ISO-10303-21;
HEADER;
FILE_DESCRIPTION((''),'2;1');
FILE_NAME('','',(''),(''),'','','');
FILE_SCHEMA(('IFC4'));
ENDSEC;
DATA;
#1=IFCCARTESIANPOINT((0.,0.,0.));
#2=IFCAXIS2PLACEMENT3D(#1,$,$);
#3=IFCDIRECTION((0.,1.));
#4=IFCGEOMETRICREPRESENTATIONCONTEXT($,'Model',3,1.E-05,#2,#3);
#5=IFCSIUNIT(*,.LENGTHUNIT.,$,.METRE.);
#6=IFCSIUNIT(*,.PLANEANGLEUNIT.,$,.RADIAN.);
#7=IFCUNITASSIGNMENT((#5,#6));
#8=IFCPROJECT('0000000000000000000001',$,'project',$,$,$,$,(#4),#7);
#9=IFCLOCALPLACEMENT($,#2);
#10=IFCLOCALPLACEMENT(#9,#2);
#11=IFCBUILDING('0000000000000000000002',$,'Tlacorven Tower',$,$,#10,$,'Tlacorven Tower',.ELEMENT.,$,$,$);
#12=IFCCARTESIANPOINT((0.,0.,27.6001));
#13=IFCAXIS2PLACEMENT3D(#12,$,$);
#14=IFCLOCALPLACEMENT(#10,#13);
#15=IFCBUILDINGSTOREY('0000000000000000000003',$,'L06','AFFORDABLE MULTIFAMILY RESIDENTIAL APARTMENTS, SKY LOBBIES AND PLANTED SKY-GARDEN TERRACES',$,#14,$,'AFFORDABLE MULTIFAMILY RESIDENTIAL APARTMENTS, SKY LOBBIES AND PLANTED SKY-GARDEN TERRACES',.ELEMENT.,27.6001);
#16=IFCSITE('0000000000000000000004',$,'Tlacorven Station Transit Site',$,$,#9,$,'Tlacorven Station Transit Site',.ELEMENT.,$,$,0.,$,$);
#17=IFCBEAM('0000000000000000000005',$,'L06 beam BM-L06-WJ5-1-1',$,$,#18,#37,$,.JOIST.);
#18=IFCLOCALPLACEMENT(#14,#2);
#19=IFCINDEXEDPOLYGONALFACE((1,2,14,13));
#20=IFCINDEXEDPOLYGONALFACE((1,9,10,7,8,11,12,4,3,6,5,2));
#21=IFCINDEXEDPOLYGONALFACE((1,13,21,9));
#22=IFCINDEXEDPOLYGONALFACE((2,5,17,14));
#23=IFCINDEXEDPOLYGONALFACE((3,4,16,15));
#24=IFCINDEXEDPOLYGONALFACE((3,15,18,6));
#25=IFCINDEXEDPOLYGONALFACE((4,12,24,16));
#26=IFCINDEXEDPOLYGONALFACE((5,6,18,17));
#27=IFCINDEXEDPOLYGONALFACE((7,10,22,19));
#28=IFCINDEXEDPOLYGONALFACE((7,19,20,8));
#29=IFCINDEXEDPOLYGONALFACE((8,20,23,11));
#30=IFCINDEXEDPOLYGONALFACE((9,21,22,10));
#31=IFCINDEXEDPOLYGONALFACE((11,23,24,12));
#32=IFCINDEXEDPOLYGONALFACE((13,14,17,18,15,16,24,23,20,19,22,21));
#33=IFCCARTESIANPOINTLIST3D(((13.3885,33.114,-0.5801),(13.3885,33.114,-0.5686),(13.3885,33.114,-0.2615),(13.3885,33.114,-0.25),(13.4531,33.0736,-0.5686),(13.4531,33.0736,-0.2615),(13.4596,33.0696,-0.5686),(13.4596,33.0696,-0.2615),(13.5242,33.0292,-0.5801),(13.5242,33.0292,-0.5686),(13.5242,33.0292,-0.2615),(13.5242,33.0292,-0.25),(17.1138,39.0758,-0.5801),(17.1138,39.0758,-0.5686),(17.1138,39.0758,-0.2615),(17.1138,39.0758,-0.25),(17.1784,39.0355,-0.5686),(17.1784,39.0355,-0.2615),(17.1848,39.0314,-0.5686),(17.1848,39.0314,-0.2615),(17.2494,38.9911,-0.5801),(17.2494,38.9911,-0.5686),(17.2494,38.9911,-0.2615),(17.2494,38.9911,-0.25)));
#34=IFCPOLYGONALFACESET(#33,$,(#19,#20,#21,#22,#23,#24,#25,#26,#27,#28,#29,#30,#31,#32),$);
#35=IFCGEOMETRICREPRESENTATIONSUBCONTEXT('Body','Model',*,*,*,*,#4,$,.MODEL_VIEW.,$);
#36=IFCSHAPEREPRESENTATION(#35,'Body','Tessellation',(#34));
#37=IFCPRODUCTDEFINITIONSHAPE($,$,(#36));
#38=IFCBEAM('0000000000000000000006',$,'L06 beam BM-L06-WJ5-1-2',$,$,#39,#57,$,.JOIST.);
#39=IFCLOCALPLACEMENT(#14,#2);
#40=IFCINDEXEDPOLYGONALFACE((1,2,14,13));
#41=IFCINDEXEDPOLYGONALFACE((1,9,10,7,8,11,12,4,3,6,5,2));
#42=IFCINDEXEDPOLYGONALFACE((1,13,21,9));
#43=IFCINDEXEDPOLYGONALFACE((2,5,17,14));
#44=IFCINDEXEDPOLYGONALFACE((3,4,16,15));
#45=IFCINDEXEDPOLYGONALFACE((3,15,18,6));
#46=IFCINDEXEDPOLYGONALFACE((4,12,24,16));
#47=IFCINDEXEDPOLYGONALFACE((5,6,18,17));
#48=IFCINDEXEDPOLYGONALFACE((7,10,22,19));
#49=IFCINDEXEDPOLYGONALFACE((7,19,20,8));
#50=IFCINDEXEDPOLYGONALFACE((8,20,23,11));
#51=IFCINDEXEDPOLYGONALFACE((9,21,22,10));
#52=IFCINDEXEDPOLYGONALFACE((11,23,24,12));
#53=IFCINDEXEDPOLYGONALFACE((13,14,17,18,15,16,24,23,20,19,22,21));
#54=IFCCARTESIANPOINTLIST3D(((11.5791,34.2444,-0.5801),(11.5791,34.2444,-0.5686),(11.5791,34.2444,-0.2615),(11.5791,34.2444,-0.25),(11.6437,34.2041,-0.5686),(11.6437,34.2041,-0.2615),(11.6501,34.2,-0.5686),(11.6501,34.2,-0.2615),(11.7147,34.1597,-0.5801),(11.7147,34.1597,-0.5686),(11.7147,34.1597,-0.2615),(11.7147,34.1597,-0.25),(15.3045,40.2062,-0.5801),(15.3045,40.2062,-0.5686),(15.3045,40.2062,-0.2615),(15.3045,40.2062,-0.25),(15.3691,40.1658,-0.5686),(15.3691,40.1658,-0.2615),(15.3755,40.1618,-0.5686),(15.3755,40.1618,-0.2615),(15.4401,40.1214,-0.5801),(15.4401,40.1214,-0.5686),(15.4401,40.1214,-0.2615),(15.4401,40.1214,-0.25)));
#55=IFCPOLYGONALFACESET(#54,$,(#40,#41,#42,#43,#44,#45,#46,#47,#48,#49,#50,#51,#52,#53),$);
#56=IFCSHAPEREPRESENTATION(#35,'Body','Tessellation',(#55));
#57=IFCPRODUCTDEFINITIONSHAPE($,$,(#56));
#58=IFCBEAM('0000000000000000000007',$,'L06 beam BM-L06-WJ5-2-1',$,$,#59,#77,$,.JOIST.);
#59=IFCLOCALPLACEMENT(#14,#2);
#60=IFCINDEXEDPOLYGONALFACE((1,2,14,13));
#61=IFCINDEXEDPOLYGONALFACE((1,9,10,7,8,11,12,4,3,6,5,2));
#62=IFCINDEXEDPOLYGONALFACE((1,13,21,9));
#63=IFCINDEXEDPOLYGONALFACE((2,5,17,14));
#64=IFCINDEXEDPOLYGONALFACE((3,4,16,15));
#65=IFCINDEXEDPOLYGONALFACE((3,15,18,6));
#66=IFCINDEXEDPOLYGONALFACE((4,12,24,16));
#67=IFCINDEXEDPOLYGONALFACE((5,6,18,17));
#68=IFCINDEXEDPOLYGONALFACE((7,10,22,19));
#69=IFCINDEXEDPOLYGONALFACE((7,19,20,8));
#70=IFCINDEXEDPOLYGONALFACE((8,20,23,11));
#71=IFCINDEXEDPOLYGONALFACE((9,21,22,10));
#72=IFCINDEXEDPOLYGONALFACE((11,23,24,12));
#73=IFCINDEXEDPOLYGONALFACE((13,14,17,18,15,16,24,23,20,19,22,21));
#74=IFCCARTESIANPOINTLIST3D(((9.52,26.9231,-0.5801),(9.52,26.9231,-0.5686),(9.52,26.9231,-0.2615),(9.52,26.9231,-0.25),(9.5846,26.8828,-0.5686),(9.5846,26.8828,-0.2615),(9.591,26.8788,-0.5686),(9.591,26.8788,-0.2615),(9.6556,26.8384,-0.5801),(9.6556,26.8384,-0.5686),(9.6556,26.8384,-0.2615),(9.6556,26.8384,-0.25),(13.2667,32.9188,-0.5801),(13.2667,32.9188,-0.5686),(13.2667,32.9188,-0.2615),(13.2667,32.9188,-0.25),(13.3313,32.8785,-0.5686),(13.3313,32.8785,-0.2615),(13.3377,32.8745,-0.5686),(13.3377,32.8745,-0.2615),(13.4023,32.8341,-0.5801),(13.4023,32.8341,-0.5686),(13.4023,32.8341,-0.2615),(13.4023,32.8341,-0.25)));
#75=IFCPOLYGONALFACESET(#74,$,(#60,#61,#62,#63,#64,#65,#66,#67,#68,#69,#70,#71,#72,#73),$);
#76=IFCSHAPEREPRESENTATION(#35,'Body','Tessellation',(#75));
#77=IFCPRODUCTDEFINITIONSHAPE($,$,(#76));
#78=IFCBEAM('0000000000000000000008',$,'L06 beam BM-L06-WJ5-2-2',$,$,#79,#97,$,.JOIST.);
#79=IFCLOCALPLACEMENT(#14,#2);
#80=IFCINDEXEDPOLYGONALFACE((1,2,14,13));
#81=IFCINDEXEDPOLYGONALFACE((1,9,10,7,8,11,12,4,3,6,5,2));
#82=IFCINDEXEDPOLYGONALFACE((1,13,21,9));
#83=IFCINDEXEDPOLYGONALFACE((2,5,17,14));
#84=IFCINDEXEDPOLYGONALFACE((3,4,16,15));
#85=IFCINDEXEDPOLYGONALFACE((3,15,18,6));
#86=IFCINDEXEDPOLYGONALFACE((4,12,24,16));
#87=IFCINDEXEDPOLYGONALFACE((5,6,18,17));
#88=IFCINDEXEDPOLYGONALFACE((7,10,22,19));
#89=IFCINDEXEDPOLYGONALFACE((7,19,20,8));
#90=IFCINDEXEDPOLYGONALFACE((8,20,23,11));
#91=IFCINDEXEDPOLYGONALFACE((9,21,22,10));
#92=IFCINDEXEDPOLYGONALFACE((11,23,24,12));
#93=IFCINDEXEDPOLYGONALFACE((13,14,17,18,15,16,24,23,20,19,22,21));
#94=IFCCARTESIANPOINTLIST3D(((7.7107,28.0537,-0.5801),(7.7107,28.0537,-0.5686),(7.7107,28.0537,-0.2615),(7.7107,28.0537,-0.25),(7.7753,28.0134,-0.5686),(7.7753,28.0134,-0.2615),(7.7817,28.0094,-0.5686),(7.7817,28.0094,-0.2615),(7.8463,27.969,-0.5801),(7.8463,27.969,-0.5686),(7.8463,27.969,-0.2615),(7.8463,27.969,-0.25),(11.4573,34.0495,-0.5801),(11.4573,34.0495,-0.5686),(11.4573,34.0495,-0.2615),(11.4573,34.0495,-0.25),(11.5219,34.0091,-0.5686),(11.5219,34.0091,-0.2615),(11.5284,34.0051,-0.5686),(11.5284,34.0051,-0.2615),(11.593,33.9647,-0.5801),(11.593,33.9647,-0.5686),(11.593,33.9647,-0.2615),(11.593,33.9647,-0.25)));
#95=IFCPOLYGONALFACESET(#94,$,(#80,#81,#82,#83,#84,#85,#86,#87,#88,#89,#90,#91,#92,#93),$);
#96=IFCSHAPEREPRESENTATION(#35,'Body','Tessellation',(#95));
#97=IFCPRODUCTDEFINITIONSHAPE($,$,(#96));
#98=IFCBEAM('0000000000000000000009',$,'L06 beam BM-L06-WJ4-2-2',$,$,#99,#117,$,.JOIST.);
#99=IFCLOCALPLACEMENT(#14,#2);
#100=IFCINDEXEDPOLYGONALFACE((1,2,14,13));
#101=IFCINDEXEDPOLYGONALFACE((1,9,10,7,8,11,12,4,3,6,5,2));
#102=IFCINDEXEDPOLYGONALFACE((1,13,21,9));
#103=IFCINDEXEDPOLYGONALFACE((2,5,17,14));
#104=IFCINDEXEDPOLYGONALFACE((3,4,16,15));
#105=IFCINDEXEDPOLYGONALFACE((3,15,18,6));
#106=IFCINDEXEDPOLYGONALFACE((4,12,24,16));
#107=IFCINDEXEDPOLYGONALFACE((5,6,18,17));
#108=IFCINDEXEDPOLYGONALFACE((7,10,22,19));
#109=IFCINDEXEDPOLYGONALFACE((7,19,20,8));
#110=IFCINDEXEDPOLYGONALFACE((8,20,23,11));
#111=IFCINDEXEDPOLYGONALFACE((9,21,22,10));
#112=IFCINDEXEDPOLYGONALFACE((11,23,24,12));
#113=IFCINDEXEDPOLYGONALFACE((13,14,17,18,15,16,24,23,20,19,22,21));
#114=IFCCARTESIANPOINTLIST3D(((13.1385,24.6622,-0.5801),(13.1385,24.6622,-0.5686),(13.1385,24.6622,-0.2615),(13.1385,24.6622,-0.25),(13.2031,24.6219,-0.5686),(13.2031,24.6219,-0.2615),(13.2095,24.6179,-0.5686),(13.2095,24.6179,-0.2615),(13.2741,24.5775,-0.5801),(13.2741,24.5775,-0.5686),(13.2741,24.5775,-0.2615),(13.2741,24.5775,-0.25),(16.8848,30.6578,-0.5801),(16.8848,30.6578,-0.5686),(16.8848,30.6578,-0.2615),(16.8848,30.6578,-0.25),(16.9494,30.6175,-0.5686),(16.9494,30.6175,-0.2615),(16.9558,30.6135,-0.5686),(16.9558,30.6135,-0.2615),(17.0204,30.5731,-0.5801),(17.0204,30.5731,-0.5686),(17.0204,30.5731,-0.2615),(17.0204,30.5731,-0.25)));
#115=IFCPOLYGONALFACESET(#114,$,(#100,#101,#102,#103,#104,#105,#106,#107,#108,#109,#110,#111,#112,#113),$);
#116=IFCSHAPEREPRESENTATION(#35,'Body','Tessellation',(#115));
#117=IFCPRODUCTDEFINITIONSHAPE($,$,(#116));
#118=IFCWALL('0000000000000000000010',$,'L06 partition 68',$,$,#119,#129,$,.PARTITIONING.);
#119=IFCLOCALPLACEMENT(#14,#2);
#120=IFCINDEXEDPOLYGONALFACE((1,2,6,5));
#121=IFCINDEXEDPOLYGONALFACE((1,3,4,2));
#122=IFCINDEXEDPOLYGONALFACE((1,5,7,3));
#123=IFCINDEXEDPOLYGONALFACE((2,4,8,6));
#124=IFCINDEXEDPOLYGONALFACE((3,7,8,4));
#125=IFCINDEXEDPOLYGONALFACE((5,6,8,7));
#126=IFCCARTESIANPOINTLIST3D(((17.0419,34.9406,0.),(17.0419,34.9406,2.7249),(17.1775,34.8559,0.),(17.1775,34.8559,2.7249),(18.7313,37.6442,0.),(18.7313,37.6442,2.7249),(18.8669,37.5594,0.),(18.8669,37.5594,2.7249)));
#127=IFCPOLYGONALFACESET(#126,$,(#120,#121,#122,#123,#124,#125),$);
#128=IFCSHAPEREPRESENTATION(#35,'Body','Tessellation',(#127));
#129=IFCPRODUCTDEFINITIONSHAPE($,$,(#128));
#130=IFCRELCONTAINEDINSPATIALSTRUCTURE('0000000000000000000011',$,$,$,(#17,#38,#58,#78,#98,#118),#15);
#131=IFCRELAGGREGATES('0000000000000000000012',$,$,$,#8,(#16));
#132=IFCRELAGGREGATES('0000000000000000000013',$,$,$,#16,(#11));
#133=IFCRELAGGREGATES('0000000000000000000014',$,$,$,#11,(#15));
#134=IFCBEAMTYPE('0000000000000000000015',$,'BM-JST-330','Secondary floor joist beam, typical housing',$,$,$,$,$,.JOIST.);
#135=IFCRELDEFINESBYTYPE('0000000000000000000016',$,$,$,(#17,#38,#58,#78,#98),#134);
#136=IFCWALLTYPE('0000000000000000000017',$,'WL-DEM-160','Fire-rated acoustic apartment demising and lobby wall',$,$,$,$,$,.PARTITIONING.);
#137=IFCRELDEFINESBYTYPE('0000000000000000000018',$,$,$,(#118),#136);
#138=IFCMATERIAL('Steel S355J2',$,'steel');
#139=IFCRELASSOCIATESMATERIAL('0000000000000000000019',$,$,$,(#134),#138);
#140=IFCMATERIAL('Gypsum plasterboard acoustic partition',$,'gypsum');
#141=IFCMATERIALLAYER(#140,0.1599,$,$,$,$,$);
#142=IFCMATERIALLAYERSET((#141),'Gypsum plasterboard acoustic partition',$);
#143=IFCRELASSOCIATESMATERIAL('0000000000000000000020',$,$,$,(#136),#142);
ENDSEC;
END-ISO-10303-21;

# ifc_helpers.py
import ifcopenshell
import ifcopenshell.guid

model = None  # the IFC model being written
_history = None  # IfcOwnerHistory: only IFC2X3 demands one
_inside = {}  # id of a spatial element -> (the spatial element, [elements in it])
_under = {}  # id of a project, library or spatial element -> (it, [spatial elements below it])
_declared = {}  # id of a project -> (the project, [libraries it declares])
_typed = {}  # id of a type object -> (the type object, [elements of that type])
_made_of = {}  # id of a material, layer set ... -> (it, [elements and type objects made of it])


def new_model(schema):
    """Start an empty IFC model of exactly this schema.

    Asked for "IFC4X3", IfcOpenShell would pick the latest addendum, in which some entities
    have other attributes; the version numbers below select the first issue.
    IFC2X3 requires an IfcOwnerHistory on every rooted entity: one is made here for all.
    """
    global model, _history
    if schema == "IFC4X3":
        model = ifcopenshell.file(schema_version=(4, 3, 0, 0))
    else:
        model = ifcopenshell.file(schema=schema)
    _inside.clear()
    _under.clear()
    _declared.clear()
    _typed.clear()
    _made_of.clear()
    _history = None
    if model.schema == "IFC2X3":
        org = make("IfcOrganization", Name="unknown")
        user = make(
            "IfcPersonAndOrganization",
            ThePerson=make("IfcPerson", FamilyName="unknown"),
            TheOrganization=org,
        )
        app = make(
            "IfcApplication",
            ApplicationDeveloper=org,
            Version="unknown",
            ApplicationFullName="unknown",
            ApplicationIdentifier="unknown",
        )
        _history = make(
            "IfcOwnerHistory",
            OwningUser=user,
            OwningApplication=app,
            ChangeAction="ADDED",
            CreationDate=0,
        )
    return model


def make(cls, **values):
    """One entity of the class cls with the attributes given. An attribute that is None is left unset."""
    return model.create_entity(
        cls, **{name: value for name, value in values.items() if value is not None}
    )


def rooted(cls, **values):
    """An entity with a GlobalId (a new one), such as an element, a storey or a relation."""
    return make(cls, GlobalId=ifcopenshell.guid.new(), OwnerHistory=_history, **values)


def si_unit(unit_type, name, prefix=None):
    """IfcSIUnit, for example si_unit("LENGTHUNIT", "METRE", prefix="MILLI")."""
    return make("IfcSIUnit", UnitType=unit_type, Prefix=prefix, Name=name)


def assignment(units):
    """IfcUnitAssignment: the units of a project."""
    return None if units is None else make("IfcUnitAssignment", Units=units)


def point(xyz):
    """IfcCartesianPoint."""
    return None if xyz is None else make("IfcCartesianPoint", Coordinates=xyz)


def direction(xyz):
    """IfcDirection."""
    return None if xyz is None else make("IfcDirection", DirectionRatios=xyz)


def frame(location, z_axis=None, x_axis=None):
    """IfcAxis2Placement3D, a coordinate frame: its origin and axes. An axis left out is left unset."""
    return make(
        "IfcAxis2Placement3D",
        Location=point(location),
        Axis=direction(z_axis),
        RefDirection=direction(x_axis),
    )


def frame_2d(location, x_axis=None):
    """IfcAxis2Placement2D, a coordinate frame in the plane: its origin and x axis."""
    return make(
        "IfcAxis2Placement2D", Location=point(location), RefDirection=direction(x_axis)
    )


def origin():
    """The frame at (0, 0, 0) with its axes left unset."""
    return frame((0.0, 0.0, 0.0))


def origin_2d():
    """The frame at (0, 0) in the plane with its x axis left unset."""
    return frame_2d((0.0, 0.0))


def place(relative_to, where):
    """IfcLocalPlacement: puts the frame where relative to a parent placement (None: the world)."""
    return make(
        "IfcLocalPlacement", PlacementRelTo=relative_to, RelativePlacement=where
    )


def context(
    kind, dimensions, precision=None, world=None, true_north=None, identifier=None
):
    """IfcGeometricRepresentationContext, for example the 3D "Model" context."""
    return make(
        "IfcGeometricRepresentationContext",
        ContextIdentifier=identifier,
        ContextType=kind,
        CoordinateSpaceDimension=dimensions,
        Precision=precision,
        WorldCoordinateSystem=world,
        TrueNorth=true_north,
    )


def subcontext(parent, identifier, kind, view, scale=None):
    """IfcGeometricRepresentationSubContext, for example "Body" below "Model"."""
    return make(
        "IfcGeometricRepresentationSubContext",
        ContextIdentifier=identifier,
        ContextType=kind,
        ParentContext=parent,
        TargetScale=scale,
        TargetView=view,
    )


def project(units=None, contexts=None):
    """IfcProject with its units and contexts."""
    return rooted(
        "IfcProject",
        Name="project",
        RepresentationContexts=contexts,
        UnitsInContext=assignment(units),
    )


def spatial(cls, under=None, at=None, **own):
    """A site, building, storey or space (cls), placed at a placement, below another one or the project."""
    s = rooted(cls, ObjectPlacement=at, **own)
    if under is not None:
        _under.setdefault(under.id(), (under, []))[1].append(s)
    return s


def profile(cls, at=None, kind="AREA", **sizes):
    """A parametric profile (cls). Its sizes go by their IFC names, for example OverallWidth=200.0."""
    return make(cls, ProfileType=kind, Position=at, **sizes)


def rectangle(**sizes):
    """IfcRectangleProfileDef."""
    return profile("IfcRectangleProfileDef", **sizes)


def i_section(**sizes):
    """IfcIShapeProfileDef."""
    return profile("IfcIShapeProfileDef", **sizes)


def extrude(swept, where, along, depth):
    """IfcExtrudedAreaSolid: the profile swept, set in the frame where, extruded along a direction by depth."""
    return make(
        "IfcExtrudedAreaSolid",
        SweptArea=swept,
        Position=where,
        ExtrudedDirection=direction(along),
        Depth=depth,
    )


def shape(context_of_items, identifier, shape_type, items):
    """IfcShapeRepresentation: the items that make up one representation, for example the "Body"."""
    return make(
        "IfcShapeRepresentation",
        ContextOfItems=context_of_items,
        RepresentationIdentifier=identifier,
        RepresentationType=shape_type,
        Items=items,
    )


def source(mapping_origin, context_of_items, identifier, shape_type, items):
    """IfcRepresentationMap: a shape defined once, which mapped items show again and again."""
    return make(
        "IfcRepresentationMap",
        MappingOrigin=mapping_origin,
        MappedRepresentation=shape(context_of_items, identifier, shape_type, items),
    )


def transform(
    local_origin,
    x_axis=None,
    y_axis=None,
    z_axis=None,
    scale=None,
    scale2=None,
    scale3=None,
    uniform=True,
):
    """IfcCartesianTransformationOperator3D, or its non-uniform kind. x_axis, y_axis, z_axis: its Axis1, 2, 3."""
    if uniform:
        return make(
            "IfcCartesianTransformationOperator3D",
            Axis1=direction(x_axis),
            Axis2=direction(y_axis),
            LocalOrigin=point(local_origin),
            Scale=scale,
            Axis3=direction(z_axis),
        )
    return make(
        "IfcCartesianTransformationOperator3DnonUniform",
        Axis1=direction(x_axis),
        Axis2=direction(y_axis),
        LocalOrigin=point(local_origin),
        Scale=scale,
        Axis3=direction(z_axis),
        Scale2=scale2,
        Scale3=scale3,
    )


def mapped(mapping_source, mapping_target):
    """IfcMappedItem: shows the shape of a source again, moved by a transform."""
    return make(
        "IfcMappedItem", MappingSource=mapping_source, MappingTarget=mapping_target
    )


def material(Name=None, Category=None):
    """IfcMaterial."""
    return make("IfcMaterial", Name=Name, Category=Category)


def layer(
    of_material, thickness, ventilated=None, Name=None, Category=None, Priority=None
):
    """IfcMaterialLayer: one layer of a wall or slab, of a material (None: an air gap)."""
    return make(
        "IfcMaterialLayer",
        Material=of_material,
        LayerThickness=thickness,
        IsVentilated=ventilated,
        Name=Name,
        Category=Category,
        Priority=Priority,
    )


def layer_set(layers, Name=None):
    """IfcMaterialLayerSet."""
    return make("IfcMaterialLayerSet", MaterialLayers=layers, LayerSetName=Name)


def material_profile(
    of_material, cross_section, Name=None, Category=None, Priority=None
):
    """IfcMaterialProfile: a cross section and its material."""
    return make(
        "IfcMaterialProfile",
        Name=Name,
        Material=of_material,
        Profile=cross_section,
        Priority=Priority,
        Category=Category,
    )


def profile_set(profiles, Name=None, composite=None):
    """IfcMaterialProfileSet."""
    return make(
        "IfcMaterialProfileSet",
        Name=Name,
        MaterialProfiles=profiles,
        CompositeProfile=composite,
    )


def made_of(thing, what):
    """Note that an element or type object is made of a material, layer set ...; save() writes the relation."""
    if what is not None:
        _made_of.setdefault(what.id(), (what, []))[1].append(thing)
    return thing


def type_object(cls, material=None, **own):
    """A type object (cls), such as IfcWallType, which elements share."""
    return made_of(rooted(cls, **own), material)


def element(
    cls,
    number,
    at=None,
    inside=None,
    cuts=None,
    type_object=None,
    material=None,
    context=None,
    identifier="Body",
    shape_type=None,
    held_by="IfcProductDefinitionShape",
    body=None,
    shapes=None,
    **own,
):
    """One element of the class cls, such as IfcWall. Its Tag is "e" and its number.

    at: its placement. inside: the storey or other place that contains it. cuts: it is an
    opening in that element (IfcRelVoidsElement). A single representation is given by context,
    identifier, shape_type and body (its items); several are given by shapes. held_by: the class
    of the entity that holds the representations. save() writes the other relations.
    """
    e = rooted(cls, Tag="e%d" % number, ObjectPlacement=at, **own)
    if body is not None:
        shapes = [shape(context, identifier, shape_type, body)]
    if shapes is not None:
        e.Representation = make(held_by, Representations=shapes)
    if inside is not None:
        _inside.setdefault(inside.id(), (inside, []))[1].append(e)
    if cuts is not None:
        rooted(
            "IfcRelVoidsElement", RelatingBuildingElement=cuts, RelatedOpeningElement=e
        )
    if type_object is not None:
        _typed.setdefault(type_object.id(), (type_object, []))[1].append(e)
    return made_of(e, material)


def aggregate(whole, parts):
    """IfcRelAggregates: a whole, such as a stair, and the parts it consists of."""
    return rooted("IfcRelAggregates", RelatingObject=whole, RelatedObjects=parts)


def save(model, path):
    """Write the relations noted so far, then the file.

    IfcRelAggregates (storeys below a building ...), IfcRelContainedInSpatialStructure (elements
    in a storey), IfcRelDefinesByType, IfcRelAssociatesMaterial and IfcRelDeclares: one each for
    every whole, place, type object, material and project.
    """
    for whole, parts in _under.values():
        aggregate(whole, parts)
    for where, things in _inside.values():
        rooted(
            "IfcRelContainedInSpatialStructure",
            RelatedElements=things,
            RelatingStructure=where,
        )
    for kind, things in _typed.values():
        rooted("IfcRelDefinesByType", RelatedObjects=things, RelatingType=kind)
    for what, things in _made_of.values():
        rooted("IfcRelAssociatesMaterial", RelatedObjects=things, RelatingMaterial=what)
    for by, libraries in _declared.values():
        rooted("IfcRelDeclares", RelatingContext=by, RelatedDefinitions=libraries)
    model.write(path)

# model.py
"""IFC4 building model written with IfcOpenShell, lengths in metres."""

from ifc_helpers import new_model, si_unit, direction, frame, frame_2d, origin, origin_2d, place, context, subcontext, project, spatial, rectangle, i_section, extrude, source, transform, mapped, material, layer, layer_set, material_profile, profile_set, type_object, element, save


model = new_model("IFC4")

# Units and contexts
model_context = context("Model", 3, precision=1e-05, world=origin(), true_north=direction((0.0, 1.0)))
body_context = subcontext(model_context, "Body", "Model", "MODEL_VIEW")
ifc_project = project(units=[si_unit("LENGTHUNIT", "METRE"), si_unit("PLANEANGLEUNIT", "RADIAN")], contexts=[model_context])

# Site, building, storey
site_placement = place(None, origin())
site = spatial("IfcSite", under=ifc_project, at=site_placement, Name="Tlacorven Station Transit Site", LongName="Tlacorven Station Transit Site", CompositionType="ELEMENT", RefElevation=0.0)
building_placement = place(site_placement, origin())
building = spatial("IfcBuilding", under=site, at=building_placement, Name="Tlacorven Tower", LongName="Tlacorven Tower", CompositionType="ELEMENT")
storey_placement = place(building_placement, frame((0.0, 0.0, 27.6001)))
storey = spatial("IfcBuildingStorey", under=building, at=storey_placement, Name="L06", Description="AFFORDABLE MULTIFAMILY RESIDENTIAL APARTMENTS, SKY LOBBIES AND PLANTED SKY-GARDEN TERRACES", LongName="AFFORDABLE MULTIFAMILY RESIDENTIAL APARTMENTS, SKY LOBBIES AND PLANTED SKY-GARDEN TERRACES", CompositionType="ELEMENT", Elevation=27.6001)

# Beams
ifc_material_1 = material(Name="Steel S355J2", Category="steel")
ifc_material_profile_1 = material_profile(ifc_material_1, i_section(OverallWidth=0.1599, OverallDepth=0.3301, WebThickness=0.0076, FlangeThickness=0.0115, at=origin_2d()), Name="IPE 330")
ifc_profile_set_1 = profile_set([ifc_material_profile_1], Name="Steel S355J2")
beam_type_1 = type_object("IfcBeamType", Name="BM-JST-330", Description="Secondary floor joist beam, typical housing", PredefinedType="JOIST", material=ifc_profile_set_1)
shared_shape_1 = source(origin(), body_context, "Body", "SweptSolid", [
    extrude(i_section(OverallWidth=0.1599, OverallDepth=0.3301, WebThickness=0.0076, FlangeThickness=0.0115, at=origin_2d()), origin(), (0.0, 0.0, 1.0), 7.03),
])
for number, where, z_axis, x_axis, name in (
    (1, (17.1816, 39.0334, -0.415), (-0.529912, -0.848053, 0.0), (0.848053, -0.529912, 0.0), "L06 beam BM-L06-WJ5-1-1"),
    (2, (15.3723, 40.1638, -0.415), (-0.529927, -0.848043, 0.0), (0.848043, -0.529927, 0.0), "L06 beam BM-L06-WJ5-1-2"),
):
    element("IfcBeam", number, at=place(storey_placement, frame(where, z_axis=z_axis, x_axis=x_axis)), inside=storey, type_object=beam_type_1, Name=name, PredefinedType="JOIST", context=body_context, shape_type="MappedRepresentation", body=[
        mapped(shared_shape_1, transform((0.0, 0.0, 0.0), scale=1.0)),
    ])
shared_shape_2 = source(origin(), body_context, "Body", "SweptSolid", [
    extrude(i_section(OverallWidth=0.1599, OverallDepth=0.3301, WebThickness=0.0076, FlangeThickness=0.0115, at=origin_2d()), origin(), (0.0, 0.0, 1.0), 7.0701),
])
for number, where, z_axis, x_axis, name in (
    (3, (13.3345, 32.8765, -0.415), (-0.529931, -0.848041, 0.0), (0.848041, -0.529931, 0.0), "L06 beam BM-L06-WJ5-2-1"),
    (4, (11.5251, 34.0071, -0.415), (-0.529931, -0.848041, 0.0), (0.848041, -0.529931, 0.0), "L06 beam BM-L06-WJ5-2-2"),
):
    element("IfcBeam", number, at=place(storey_placement, frame(where, z_axis=z_axis, x_axis=x_axis)), inside=storey, type_object=beam_type_1, Name=name, PredefinedType="JOIST", context=body_context, shape_type="MappedRepresentation", body=[
        mapped(shared_shape_2, transform((0.0, 0.0, 0.0), scale=1.0)),
    ])
shared_shape_3 = source(origin(), body_context, "Body", "SweptSolid", [
    extrude(i_section(OverallWidth=0.1599, OverallDepth=0.3301, WebThickness=0.0076, FlangeThickness=0.0115, at=origin_2d()), origin(), (0.0, 0.0, 1.0), 7.0698),
])
beam_1_placement = place(storey_placement, frame((16.9526, 30.6155, -0.415), z_axis=(-0.529906, -0.848057, 0.0), x_axis=(0.848057, -0.529906, 0.0)))
element("IfcBeam", 5, at=beam_1_placement, inside=storey, type_object=beam_type_1, Name="L06 beam BM-L06-WJ4-2-2", PredefinedType="JOIST", context=body_context, shape_type="MappedRepresentation", body=[
    mapped(shared_shape_3, transform((0.0, 0.0, 0.0), scale=1.0)),
])

# Wall
ifc_material_2 = material(Name="Gypsum plasterboard acoustic partition", Category="gypsum")
ifc_layer_1 = layer(ifc_material_2, 0.1599)
ifc_layer_set_1 = layer_set([ifc_layer_1], Name="Gypsum plasterboard acoustic partition")
wall_type_1 = type_object("IfcWallType", Name="WL-DEM-160", Description="Fire-rated acoustic apartment demising and lobby wall", PredefinedType="PARTITIONING", material=ifc_layer_set_1)
wall_1_placement = place(storey_placement, frame((18.7991, 37.6018, 0.0), z_axis=(0.0, 0.0, 1.0), x_axis=(-0.52993, -0.848041, 0.0)))
element("IfcWall", 6, at=wall_1_placement, inside=storey, type_object=wall_type_1, Name="L06 partition 68", PredefinedType="PARTITIONING", context=body_context, shape_type="SweptSolid", body=[
    extrude(rectangle(XDim=3.188, YDim=0.1599, at=frame_2d((1.594, 0.0))), origin(), (0.0, 0.0, 1.0), 2.7249),
])

save(model, "model.ifc")
